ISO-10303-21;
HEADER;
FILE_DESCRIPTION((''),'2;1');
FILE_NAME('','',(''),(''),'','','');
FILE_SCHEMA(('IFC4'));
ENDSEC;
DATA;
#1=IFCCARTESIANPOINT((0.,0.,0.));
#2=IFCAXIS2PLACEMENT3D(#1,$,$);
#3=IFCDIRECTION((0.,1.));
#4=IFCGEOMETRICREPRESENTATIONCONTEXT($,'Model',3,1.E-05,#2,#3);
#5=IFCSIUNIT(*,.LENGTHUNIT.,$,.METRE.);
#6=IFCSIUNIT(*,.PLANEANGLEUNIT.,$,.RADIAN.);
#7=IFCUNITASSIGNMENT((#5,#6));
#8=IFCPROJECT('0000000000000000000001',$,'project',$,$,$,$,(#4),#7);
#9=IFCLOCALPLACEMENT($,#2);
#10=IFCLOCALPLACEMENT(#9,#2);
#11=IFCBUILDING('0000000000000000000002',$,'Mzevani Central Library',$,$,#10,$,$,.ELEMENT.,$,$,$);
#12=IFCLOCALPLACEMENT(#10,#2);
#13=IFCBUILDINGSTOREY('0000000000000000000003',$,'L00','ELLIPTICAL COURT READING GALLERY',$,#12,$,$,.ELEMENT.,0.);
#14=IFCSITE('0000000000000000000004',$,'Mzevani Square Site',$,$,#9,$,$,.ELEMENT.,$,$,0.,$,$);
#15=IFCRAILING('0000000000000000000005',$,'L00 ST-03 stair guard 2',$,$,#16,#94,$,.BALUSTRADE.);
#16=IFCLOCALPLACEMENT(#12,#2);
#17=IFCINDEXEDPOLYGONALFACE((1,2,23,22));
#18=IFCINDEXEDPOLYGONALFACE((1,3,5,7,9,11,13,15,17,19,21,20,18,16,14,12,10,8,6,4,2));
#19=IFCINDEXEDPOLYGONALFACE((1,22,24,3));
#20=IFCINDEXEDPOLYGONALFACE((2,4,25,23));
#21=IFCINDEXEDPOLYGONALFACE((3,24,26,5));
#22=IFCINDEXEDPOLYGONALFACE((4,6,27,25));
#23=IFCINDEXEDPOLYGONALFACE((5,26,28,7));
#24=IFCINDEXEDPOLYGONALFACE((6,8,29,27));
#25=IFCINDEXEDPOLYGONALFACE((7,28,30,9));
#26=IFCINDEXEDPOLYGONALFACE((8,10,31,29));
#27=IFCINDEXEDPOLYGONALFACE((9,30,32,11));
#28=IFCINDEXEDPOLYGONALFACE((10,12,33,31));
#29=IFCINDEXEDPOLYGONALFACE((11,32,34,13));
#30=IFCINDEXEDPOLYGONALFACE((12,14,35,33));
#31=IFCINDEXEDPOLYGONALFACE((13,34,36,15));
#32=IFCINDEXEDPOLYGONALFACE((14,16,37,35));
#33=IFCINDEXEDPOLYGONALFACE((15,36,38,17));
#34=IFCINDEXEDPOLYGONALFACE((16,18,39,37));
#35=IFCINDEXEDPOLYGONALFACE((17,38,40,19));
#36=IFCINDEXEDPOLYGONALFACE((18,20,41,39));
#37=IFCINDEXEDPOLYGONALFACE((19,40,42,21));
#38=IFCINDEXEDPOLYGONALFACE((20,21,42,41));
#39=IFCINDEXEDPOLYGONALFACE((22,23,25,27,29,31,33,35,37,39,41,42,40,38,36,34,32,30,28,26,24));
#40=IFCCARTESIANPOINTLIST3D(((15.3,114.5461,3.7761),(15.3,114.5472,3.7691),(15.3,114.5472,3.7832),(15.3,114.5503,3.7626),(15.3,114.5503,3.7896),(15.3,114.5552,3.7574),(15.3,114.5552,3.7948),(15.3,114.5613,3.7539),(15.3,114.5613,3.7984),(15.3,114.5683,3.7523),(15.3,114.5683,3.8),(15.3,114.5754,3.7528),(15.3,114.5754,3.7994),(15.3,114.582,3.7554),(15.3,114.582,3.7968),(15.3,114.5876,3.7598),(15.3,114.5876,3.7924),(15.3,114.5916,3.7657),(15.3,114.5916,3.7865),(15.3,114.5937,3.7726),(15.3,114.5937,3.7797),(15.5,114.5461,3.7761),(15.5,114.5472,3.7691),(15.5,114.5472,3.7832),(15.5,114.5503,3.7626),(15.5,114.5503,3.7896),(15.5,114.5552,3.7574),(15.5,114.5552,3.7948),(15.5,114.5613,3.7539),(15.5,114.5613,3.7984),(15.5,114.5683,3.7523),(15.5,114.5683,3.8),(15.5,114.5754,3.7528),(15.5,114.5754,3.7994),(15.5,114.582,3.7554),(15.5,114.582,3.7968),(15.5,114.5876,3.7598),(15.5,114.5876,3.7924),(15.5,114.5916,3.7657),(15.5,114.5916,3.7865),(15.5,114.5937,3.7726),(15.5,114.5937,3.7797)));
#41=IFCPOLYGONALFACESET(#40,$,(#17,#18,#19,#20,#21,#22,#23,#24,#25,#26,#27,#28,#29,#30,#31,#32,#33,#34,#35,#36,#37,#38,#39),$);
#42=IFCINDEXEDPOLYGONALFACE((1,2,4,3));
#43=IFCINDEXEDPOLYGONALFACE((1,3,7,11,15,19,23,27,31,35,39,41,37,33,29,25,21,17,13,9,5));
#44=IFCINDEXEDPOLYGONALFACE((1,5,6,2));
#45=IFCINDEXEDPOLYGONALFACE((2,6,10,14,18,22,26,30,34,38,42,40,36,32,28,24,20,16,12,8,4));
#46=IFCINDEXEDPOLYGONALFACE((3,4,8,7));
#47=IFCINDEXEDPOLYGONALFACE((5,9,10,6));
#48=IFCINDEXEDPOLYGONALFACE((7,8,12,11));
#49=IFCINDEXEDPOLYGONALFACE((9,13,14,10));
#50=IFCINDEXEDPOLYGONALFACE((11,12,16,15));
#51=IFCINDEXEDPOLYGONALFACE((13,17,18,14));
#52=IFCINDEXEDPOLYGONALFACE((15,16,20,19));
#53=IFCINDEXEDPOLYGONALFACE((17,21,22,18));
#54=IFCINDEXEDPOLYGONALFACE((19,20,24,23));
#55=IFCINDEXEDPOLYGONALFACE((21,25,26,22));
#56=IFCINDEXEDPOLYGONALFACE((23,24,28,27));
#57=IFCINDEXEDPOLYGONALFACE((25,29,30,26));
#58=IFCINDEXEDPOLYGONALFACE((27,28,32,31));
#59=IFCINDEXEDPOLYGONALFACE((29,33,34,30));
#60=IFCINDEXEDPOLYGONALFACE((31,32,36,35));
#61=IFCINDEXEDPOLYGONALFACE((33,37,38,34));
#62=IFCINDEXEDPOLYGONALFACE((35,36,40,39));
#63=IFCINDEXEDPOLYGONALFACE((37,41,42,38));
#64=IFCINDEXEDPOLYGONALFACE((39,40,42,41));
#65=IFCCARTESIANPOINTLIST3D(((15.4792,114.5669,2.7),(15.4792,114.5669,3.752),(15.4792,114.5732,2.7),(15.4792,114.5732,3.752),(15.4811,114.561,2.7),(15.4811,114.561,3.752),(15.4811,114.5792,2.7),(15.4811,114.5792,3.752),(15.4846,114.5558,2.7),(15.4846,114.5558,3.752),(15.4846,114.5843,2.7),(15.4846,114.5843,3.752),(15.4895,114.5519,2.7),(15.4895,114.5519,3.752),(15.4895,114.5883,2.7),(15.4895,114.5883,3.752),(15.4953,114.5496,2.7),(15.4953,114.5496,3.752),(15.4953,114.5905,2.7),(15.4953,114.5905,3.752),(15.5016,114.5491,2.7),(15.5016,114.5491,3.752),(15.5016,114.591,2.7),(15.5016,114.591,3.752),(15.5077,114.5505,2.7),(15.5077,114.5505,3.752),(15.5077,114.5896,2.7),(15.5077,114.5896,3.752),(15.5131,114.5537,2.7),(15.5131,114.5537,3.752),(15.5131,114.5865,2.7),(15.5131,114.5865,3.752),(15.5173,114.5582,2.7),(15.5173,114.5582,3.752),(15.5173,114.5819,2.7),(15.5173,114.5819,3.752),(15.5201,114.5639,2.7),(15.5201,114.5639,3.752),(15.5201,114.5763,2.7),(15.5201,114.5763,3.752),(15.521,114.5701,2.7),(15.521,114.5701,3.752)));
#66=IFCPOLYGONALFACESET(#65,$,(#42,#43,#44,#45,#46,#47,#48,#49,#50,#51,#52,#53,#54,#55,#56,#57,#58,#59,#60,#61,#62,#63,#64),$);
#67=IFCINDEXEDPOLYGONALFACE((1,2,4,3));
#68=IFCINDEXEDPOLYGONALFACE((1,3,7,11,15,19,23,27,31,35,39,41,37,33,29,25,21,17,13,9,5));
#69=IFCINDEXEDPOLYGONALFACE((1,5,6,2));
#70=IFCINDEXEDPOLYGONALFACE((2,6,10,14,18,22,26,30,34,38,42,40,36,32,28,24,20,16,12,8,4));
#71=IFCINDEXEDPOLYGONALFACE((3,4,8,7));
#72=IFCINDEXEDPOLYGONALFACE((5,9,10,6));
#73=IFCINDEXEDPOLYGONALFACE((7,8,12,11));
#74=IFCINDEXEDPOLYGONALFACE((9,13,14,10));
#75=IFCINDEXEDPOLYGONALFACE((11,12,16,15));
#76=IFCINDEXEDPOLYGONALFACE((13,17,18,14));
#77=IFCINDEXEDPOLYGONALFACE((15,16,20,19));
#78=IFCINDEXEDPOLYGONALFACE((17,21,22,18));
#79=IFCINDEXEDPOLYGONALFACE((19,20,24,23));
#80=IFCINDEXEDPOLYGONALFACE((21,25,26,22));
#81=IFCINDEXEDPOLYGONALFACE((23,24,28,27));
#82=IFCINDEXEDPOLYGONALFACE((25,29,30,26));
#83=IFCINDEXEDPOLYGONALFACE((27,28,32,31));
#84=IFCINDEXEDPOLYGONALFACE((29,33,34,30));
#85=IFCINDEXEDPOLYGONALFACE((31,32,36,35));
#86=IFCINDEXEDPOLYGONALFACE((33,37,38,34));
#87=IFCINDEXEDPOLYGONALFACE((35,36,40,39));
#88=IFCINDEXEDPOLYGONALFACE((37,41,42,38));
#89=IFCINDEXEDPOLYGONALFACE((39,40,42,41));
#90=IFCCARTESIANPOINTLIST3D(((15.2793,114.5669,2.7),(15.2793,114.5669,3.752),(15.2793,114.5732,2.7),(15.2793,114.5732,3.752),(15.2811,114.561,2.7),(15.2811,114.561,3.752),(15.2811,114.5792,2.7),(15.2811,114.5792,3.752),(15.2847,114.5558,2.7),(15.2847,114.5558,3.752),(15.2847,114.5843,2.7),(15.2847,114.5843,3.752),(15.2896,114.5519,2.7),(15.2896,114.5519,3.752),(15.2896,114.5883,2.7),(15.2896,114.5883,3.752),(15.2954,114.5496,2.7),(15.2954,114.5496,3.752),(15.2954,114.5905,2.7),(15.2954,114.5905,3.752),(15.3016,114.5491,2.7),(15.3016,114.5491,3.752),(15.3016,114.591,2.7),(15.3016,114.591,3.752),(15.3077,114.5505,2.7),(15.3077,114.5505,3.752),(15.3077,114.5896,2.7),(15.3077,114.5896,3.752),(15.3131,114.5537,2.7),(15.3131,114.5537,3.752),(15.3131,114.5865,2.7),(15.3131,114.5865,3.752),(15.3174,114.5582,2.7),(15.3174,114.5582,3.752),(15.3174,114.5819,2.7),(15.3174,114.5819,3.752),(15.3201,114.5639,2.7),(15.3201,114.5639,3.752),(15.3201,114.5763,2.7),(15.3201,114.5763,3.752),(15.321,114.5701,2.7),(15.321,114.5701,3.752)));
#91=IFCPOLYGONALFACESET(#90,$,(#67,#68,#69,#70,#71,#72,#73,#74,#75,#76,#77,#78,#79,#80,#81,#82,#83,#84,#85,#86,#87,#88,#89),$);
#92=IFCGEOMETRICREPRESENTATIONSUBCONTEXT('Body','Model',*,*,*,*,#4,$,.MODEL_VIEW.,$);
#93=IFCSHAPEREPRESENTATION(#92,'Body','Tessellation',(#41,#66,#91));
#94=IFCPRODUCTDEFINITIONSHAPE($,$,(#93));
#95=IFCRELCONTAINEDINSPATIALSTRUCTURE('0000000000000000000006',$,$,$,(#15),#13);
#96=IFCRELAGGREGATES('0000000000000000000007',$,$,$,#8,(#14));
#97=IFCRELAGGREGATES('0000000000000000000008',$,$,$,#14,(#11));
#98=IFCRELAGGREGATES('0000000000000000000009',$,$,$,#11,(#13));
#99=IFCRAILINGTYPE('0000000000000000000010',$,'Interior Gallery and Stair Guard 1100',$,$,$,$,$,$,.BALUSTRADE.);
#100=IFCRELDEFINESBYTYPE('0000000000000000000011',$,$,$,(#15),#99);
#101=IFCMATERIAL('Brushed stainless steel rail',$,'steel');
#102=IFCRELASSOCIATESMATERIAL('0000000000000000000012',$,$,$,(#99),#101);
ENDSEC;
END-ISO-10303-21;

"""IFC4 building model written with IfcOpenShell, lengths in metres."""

from ifc_helpers import new_model, si_unit, direction, frame, origin, origin_2d, place, context, subcontext, project, spatial, circle, extrude, material, type_object, element, save


model = new_model("IFC4")

# Units and contexts
model_context = context("Model", 3, precision=1e-05, world=origin(), true_north=direction((0.0, 1.0)))
body_context = subcontext(model_context, "Body", "Model", "MODEL_VIEW")
ifc_project = project(units=[si_unit("LENGTHUNIT", "METRE"), si_unit("PLANEANGLEUNIT", "RADIAN")], contexts=[model_context])

# Site, building, storey
site_placement = place(None, origin())
site = spatial("IfcSite", under=ifc_project, at=site_placement, Name="Mzevani Square Site", CompositionType="ELEMENT", RefElevation=0.0)
building_placement = place(site_placement, origin())
building = spatial("IfcBuilding", under=site, at=building_placement, Name="Mzevani Central Library", CompositionType="ELEMENT")
storey_placement = place(building_placement, origin())
storey = spatial("IfcBuildingStorey", under=building, at=storey_placement, Name="L00", Description="ELLIPTICAL COURT READING GALLERY", CompositionType="ELEMENT", Elevation=0.0)

# Railing
ifc_material_1 = material(Name="Brushed stainless steel rail", Category="steel")
railing_type_1 = type_object("IfcRailingType", Name="Interior Gallery and Stair Guard 1100", PredefinedType="BALUSTRADE", material=ifc_material_1)
railing_1_placement = place(storey_placement, frame((15.5, 114.5701, 2.7)))
element("IfcRailing", 1, at=railing_1_placement, inside=storey, type_object=railing_type_1, Name="L00 ST-03 stair guard 2", PredefinedType="BALUSTRADE", context=body_context, shape_type="SweptSolid", body=[
    extrude(circle(Radius=0.0239, at=origin_2d()), frame((0.0, 0.0, 1.0762), z_axis=(-1.0, 0.0, 0.0), x_axis=(0.0, -1.0, 0.0)), (0.0, 0.0, 1.0), 0.2),
    extrude(circle(Radius=0.021, at=origin_2d()), origin(), (0.0, 0.0, 1.0), 1.052),
    extrude(circle(Radius=0.021, at=origin_2d()), frame((-0.2, 0.0, 0.0)), (0.0, 0.0, 1.0), 1.052),
])

save(model, "model.ifc")
